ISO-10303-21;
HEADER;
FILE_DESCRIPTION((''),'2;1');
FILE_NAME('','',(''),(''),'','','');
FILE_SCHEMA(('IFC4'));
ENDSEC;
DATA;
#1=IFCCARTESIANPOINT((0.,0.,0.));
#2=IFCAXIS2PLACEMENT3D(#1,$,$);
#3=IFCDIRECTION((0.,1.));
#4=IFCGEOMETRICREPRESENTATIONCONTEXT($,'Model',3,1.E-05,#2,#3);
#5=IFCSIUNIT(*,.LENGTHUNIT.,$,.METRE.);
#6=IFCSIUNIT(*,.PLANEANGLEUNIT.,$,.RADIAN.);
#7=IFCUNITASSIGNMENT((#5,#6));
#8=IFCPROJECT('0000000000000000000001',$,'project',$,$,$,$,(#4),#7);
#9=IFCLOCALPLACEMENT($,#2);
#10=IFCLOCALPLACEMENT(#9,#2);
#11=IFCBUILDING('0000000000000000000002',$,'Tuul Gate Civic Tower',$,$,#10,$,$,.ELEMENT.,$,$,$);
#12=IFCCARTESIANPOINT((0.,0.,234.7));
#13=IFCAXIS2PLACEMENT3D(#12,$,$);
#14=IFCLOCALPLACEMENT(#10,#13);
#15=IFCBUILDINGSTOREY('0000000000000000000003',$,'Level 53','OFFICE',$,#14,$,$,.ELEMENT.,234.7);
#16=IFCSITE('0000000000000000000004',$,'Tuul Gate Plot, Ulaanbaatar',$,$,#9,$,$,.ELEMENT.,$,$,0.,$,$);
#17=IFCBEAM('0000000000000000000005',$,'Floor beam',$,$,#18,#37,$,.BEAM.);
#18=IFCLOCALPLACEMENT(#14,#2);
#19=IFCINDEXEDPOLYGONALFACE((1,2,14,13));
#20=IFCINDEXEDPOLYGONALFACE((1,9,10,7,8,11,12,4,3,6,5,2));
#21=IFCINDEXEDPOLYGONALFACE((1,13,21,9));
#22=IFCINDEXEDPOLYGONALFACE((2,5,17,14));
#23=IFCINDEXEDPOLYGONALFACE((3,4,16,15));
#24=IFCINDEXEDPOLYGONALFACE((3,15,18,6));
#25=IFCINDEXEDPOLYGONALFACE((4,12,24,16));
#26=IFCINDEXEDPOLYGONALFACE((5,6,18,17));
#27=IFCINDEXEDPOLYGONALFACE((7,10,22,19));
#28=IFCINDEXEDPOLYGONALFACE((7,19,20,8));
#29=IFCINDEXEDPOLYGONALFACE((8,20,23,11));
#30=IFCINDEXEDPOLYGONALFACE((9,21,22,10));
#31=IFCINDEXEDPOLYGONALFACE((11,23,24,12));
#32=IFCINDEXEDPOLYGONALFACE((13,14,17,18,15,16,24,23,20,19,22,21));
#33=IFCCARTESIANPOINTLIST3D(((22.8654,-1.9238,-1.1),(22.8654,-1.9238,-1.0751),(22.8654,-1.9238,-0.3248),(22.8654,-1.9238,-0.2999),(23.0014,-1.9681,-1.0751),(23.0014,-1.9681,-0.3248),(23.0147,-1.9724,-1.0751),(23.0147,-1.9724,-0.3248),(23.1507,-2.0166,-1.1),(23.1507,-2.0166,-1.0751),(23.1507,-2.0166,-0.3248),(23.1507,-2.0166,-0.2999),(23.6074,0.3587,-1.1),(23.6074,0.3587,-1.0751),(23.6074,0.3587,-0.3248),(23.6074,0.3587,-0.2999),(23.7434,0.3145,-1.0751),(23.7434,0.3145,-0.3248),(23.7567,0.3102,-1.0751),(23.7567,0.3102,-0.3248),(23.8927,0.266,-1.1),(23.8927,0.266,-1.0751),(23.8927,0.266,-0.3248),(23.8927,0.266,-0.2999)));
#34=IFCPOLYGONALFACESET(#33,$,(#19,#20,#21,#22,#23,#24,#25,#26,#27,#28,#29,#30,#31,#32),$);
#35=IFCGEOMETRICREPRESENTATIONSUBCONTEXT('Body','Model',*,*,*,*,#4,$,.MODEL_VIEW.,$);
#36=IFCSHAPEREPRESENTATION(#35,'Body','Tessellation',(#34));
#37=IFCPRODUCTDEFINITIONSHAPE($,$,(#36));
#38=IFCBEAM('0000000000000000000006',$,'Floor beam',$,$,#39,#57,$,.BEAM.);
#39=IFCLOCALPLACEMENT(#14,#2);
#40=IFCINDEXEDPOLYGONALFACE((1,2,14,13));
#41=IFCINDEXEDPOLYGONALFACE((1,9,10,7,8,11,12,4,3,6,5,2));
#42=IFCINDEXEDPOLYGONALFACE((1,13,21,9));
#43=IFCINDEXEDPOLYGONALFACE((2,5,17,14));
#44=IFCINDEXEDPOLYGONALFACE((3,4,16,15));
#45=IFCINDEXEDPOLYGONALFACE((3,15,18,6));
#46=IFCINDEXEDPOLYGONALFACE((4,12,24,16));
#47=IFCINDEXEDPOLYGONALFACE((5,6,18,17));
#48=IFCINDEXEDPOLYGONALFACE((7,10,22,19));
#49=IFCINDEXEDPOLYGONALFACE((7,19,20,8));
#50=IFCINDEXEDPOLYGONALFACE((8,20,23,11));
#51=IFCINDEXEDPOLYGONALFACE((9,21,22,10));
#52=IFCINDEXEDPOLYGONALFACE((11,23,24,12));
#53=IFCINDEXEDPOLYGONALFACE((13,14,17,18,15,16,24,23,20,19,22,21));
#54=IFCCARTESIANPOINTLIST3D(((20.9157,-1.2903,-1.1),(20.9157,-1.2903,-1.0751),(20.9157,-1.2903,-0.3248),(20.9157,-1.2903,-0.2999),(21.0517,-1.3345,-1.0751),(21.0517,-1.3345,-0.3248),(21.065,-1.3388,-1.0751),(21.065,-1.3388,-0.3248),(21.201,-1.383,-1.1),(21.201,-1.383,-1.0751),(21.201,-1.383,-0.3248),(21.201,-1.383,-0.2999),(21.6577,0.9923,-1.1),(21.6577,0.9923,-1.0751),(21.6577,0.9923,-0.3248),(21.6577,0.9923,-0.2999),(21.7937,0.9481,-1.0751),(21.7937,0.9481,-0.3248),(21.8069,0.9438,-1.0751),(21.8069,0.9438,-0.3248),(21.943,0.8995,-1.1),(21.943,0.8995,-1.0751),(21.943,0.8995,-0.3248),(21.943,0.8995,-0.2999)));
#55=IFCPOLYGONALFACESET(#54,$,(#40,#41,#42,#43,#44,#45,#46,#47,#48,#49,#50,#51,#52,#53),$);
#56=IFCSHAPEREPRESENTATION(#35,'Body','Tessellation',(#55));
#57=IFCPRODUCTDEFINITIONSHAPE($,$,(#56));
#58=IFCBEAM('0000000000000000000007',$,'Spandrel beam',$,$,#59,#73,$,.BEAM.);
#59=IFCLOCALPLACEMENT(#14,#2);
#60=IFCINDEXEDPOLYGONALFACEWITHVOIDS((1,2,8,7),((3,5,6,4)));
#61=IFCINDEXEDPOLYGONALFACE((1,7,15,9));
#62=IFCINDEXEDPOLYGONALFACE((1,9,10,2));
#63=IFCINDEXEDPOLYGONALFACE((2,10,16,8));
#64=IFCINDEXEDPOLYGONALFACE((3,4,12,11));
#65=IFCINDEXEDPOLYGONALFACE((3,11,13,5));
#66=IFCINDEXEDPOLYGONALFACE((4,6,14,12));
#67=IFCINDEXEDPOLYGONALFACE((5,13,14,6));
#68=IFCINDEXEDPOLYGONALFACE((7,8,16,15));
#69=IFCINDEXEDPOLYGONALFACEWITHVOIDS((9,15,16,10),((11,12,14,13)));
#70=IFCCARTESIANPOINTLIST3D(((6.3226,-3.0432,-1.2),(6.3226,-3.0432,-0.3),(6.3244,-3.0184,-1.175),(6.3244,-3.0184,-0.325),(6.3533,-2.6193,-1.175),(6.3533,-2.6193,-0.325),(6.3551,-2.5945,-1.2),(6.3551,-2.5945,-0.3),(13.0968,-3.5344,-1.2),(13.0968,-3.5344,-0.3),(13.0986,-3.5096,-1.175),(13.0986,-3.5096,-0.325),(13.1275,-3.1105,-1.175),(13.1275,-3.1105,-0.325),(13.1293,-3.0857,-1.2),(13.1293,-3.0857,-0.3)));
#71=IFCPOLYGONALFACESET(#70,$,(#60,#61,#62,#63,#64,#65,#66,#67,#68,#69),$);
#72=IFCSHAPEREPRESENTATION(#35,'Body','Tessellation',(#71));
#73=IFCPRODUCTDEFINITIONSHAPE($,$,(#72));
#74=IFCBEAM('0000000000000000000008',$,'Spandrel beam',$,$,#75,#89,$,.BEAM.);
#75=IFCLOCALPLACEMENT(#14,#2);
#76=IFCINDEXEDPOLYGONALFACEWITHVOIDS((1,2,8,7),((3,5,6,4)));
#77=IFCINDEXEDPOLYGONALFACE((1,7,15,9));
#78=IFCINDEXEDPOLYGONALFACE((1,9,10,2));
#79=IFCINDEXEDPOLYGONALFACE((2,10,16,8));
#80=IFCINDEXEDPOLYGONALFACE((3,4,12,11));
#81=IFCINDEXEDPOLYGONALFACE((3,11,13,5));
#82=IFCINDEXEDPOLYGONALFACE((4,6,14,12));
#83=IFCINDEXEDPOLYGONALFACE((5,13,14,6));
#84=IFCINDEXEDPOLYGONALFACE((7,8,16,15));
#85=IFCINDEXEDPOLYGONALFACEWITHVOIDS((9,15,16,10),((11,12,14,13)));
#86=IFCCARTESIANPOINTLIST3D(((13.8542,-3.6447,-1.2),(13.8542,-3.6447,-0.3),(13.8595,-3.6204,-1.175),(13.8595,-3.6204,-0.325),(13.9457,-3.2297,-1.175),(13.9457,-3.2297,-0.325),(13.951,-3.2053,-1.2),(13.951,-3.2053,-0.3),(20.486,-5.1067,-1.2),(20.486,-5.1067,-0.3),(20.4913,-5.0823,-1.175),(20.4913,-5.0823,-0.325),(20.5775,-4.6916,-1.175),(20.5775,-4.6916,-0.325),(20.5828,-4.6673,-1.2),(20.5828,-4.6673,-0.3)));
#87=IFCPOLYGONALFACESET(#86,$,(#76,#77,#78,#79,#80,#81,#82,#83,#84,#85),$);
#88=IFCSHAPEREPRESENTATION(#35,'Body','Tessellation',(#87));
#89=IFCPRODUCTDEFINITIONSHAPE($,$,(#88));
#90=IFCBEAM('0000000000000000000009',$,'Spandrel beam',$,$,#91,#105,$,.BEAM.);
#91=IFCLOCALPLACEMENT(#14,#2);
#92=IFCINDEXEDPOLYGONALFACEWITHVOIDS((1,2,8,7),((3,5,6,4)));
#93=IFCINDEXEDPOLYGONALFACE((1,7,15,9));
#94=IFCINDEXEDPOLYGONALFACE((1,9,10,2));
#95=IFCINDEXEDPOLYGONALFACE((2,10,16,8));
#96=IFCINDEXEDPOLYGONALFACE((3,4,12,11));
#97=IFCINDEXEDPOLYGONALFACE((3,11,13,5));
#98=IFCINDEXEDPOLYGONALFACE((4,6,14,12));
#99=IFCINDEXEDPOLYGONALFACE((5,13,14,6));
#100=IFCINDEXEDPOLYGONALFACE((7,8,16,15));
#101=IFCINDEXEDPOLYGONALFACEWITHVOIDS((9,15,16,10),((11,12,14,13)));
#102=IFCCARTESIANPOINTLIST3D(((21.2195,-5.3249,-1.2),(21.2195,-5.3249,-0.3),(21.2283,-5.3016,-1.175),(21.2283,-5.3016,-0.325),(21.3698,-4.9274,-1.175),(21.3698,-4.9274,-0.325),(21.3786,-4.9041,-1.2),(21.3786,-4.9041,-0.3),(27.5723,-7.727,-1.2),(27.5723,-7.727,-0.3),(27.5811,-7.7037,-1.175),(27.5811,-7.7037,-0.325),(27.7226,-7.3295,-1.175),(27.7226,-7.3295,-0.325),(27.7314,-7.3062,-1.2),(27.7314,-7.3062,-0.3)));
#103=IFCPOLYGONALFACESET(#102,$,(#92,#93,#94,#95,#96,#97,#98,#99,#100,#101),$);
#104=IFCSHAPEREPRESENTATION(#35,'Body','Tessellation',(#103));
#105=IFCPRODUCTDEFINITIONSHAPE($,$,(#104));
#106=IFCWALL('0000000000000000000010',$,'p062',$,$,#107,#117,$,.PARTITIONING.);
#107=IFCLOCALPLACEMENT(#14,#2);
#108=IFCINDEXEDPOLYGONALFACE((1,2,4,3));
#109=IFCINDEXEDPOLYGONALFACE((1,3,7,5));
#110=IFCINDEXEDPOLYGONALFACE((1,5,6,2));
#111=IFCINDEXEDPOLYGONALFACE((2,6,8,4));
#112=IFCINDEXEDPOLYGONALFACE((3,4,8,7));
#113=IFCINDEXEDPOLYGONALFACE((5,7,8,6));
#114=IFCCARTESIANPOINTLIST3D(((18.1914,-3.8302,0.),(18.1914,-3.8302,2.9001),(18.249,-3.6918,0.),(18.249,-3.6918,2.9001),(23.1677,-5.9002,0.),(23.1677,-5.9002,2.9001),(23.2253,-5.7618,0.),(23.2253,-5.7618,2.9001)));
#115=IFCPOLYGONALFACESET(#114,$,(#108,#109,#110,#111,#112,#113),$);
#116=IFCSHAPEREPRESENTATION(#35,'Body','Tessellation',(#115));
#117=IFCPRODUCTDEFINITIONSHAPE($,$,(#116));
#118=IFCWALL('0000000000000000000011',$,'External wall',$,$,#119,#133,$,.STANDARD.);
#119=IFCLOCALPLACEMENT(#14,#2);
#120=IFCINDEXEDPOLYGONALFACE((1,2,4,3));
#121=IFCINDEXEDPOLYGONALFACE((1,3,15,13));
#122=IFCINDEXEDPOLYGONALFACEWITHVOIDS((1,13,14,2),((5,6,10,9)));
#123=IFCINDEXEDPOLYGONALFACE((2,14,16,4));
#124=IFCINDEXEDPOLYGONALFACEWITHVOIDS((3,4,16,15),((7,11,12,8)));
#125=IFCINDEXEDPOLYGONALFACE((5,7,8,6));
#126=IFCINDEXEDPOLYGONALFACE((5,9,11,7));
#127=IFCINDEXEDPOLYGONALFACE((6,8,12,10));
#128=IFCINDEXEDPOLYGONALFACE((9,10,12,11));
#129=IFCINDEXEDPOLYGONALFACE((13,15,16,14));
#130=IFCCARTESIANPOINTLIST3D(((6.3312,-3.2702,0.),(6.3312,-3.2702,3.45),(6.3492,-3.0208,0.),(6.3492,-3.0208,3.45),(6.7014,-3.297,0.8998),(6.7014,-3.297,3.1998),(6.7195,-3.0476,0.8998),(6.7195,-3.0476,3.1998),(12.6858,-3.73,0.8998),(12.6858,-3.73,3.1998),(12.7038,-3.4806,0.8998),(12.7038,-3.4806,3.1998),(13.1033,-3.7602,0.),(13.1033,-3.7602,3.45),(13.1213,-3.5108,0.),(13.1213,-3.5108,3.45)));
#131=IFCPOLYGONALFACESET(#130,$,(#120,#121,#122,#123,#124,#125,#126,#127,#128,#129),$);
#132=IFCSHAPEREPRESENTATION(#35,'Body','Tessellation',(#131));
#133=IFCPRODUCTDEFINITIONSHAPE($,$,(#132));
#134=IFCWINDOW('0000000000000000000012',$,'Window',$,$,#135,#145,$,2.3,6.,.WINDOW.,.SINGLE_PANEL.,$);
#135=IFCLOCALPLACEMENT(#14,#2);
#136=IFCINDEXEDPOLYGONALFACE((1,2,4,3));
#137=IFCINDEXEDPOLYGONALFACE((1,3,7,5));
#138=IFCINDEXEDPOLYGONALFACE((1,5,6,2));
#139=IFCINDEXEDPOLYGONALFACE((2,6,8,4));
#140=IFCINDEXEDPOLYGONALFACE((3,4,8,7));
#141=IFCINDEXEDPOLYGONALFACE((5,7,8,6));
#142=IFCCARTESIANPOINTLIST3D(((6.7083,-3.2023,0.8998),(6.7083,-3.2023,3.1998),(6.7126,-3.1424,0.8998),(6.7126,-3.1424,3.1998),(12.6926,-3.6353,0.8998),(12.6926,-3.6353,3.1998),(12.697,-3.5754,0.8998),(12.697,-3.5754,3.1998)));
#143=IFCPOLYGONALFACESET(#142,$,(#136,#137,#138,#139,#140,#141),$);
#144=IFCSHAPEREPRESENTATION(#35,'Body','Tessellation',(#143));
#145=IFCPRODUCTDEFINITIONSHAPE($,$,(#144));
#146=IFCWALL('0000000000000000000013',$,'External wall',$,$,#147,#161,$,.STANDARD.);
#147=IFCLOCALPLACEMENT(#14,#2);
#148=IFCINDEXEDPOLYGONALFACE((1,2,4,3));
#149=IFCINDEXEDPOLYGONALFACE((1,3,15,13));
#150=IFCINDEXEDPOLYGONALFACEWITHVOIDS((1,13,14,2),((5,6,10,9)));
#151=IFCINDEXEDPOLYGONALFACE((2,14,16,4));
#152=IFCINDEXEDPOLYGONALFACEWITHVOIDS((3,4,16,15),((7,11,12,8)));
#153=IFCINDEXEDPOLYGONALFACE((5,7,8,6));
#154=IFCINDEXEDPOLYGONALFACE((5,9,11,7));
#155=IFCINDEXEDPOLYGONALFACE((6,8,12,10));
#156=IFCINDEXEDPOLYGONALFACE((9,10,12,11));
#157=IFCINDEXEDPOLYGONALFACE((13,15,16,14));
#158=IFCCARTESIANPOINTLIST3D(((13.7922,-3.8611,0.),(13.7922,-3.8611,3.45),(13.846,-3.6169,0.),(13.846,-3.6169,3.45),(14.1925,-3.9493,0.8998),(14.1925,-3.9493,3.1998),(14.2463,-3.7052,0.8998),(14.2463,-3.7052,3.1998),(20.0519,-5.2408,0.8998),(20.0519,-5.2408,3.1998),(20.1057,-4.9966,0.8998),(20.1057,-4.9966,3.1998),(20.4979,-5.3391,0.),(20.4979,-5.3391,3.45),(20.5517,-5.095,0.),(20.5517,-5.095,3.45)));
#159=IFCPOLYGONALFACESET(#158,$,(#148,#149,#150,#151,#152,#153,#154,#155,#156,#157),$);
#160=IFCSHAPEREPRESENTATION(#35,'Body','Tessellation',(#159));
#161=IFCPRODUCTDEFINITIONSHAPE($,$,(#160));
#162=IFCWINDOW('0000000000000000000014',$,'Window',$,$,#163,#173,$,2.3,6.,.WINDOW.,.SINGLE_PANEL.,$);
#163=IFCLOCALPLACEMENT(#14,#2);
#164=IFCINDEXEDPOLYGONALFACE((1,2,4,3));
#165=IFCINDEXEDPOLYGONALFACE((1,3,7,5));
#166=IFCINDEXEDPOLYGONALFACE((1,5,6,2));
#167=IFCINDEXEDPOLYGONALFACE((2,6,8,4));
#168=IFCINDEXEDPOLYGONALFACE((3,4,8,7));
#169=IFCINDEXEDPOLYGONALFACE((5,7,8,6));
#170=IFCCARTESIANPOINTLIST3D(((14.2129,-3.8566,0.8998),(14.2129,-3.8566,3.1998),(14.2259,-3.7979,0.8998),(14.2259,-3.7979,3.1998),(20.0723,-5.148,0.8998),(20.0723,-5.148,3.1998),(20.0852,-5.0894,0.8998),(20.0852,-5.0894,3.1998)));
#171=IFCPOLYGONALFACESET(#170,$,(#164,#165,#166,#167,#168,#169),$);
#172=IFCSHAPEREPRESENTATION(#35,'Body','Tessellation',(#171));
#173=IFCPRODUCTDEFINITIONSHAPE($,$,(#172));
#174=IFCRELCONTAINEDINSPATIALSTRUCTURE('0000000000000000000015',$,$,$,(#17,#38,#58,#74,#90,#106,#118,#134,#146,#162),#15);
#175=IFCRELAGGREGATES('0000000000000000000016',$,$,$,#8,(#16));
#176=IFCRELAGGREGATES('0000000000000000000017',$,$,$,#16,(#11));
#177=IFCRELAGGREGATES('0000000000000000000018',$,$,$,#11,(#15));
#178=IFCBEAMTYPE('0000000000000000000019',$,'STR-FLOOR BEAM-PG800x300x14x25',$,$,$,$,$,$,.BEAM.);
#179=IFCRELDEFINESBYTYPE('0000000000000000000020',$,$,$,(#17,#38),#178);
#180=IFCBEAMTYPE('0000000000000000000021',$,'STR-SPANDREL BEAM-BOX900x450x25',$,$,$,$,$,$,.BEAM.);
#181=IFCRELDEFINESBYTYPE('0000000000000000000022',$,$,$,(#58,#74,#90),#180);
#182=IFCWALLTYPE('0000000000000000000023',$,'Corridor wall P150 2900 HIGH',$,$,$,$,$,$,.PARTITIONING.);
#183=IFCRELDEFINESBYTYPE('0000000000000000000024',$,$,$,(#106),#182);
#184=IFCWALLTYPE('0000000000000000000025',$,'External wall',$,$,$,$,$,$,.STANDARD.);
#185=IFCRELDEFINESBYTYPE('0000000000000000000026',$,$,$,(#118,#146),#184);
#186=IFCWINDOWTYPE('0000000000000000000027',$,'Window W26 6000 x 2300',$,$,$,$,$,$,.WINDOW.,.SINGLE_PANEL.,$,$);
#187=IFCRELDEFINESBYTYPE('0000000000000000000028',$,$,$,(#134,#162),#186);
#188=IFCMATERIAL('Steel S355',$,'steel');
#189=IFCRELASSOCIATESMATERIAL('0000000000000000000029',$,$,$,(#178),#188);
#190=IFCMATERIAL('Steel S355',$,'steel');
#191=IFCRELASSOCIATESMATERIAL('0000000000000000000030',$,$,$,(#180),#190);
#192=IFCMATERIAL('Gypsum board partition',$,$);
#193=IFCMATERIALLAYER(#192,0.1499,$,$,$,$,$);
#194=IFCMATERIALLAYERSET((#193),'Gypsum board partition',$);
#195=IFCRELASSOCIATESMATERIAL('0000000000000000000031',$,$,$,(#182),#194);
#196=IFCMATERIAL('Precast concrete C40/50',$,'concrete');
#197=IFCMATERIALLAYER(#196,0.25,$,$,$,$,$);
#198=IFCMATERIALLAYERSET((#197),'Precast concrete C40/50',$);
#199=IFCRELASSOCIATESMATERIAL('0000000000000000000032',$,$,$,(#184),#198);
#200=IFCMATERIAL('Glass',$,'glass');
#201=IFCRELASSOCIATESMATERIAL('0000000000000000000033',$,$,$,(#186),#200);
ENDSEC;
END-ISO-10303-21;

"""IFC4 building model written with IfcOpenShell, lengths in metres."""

from ifc_helpers import new_model, si_unit, direction, frame, frame_2d, origin, origin_2d, place, context, subcontext, project, spatial, rectangle, hollow_rectangle, i_section, extrude, material, layer, layer_set, material_profile, profile_set, type_object, element, fill, save


model = new_model("IFC4")

# Units and contexts
model_context = context("Model", 3, precision=1e-05, world=origin(), true_north=direction((0.0, 1.0)))
body_context = subcontext(model_context, "Body", "Model", "MODEL_VIEW")
ifc_project = project(units=[si_unit("LENGTHUNIT", "METRE"), si_unit("PLANEANGLEUNIT", "RADIAN")], contexts=[model_context])

# Site, building, storey
site_placement = place(None, origin())
site = spatial("IfcSite", under=ifc_project, at=site_placement, Name="Tuul Gate Plot, Ulaanbaatar", CompositionType="ELEMENT", RefElevation=0.0)
building_placement = place(site_placement, origin())
building = spatial("IfcBuilding", under=site, at=building_placement, Name="Tuul Gate Civic Tower", CompositionType="ELEMENT")
storey_placement = place(building_placement, frame((0.0, 0.0, 234.7)))
storey = spatial("IfcBuildingStorey", under=building, at=storey_placement, Name="Level 53", Description="OFFICE", CompositionType="ELEMENT", Elevation=234.7)

# Beams
ifc_material_1 = material(Name="Steel S355", Category="steel")
ifc_material_profile_1 = material_profile(ifc_material_1, i_section(OverallWidth=0.3, OverallDepth=0.8, WebThickness=0.0139, FlangeThickness=0.0249, at=origin_2d()), Name="PG800x300x14x25")
ifc_profile_set_1 = profile_set([ifc_material_profile_1], Name="Steel S355")
beam_type_1 = type_object("IfcBeamType", Name="STR-FLOOR BEAM-PG800x300x14x25", PredefinedType="BEAM", material=ifc_profile_set_1)
for number, where, z_axis, x_axis, name in (
    (1, (23.0081, -1.9702, -0.7), (0.309139, 0.951017, 0.0), (-0.951017, 0.309139, 0.0), "Floor beam"),
    (2, (21.0583, -1.3367, -0.7), (0.309139, 0.951017, 0.0), (-0.951017, 0.309139, 0.0), "Floor beam"),
):
    element("IfcBeam", number, at=place(storey_placement, frame(where, z_axis=z_axis, x_axis=x_axis)), inside=storey, type_object=beam_type_1, Name=name, PredefinedType="BEAM", context=body_context, shape_type="SweptSolid", body=[
        extrude(i_section(OverallWidth=0.3, OverallDepth=0.8, WebThickness=0.0139, FlangeThickness=0.0249, at=origin_2d()), origin(), (0.0, 0.0, 1.0), 2.4001),
    ])
ifc_material_2 = material(Name="Steel S355", Category="steel")
ifc_material_profile_2 = material_profile(ifc_material_2, hollow_rectangle(XDim=0.45, YDim=0.8999, WallThickness=0.0249, at=origin_2d()), Name="BOX900x450x25")
ifc_profile_set_2 = profile_set([ifc_material_profile_2], Name="Steel S355")
beam_type_2 = type_object("IfcBeamType", Name="STR-SPANDREL BEAM-BOX900x450x25", PredefinedType="BEAM", material=ifc_profile_set_2)
beam_1_placement = place(storey_placement, frame((6.3389, -2.8188, -0.75), z_axis=(0.997381, -0.072322, 0.0), x_axis=(0.072322, 0.997381, 0.0)))
element("IfcBeam", 3, at=beam_1_placement, inside=storey, type_object=beam_type_2, Name="Spandrel beam", PredefinedType="BEAM", context=body_context, shape_type="SweptSolid", body=[
    extrude(hollow_rectangle(XDim=0.45, YDim=0.8999, WallThickness=0.0249, at=origin_2d()), origin(), (0.0, 0.0, 1.0), 6.792),
])
beam_2_placement = place(storey_placement, frame((13.9026, -3.425, -0.75), z_axis=(0.976554, -0.215271, 0.0), x_axis=(0.215271, 0.976554, 0.0)))
element("IfcBeam", 4, at=beam_2_placement, inside=storey, type_object=beam_type_2, Name="Spandrel beam", PredefinedType="BEAM", context=body_context, shape_type="SweptSolid", body=[
    extrude(hollow_rectangle(XDim=0.45, YDim=0.8999, WallThickness=0.0249, at=origin_2d()), origin(), (0.0, 0.0, 1.0), 6.791),
])
beam_3_placement = place(storey_placement, frame((21.2991, -5.1145, -0.75), z_axis=(0.935367, -0.353679, 0.0), x_axis=(0.353679, 0.935367, 0.0)))
element("IfcBeam", 5, at=beam_3_placement, inside=storey, type_object=beam_type_2, Name="Spandrel beam", PredefinedType="BEAM", context=body_context, shape_type="SweptSolid", body=[
    extrude(hollow_rectangle(XDim=0.45, YDim=0.8999, WallThickness=0.0249, at=origin_2d()), origin(), (0.0, 0.0, 1.0), 6.7917),
])

# Wall
ifc_material_3 = material(Name="Gypsum board partition")
ifc_layer_1 = layer(ifc_material_3, 0.1499)
ifc_layer_set_1 = layer_set([ifc_layer_1], Name="Gypsum board partition")
wall_type_1 = type_object("IfcWallType", Name="Corridor wall P150 2900 HIGH", PredefinedType="PARTITIONING", material=ifc_layer_set_1)
wall_1_placement = place(storey_placement, frame((18.2202, -3.761, 0.0), z_axis=(0.0, 0.0, 1.0), x_axis=(0.923301, -0.384078, 0.0)))
element("IfcWall", 6, at=wall_1_placement, inside=storey, type_object=wall_type_1, Name="p062", PredefinedType="PARTITIONING", context=body_context, shape_type="SweptSolid", body=[
    extrude(rectangle(XDim=5.3896, YDim=0.1499, at=frame_2d((2.6948, 0.0))), origin(), (0.0, 0.0, 1.0), 2.9001),
])

# Walls, openings, windows
ifc_material_4 = material(Name="Precast concrete C40/50", Category="concrete")
ifc_layer_2 = layer(ifc_material_4, 0.25)
ifc_layer_set_2 = layer_set([ifc_layer_2], Name="Precast concrete C40/50")
wall_type_2 = type_object("IfcWallType", Name="External wall", PredefinedType="STANDARD", material=ifc_layer_set_2)
wall_2_placement = place(storey_placement, frame((6.3401, -3.1455, 0.0), z_axis=(0.0, 0.0, 1.0), x_axis=(0.997393, -0.072167, 0.0)))
wall_2 = element("IfcWall", 7, at=wall_2_placement, inside=storey, type_object=wall_type_2, Name="External wall", PredefinedType="STANDARD", context=body_context, shape_type="SweptSolid", body=[
    extrude(rectangle(XDim=6.7898, YDim=0.25, at=frame_2d((3.395, 0.0))), origin(), (0.0, 0.0, 1.0), 3.45),
])
opening_1_placement = place(wall_2_placement, frame((0.3713, 0.0, 0.8999)))
opening_1 = element("IfcOpeningElement", 8, at=opening_1_placement, cuts=wall_2, PredefinedType="OPENING", context=body_context, shape_type="SweptSolid", body=[
    extrude(rectangle(XDim=6.0, YDim=2.3, at=frame_2d((3.0, 1.1499))), frame((0.0, 0.135, 0.0), z_axis=(0.0, -1.0, 0.0), x_axis=(1.0, 0.0, 0.0)), (0.0, 0.0, 1.0), 0.27),
])
ifc_material_5 = material(Name="Glass", Category="glass")
window_type = type_object("IfcWindowType", Name="Window W26 6000 x 2300", PartitioningType="SINGLE_PANEL", PredefinedType="WINDOW", material=ifc_material_5)
window_1_placement = place(opening_1_placement, origin())
window_1 = element("IfcWindow", 9, at=window_1_placement, inside=storey, type_object=window_type, Name="Window", OverallHeight=2.3, OverallWidth=6.0, PartitioningType="SINGLE_PANEL", PredefinedType="WINDOW", context=body_context, shape_type="SweptSolid", body=[
    extrude(rectangle(XDim=6.0, YDim=2.3, at=frame_2d((3.0, 1.1499))), frame((0.0, 0.03, 0.0), z_axis=(0.0, -1.0, 0.0), x_axis=(1.0, 0.0, 0.0)), (0.0, 0.0, 1.0), 0.0601),
])
fill(opening_1, window_1)
wall_3_placement = place(storey_placement, frame((13.8191, -3.739, 0.0), z_axis=(0.0, 0.0, 1.0), x_axis=(0.97656, -0.215244, 0.0)))
wall_3 = element("IfcWall", 10, at=wall_3_placement, inside=storey, type_object=wall_type_2, Name="External wall", PredefinedType="STANDARD", context=body_context, shape_type="SweptSolid", body=[
    extrude(rectangle(XDim=6.8667, YDim=0.25, at=frame_2d((3.4333, 0.0))), origin(), (0.0, 0.0, 1.0), 3.45),
])
opening_2_placement = place(wall_3_placement, frame((0.4099, 0.0, 0.8999)))
opening_2 = element("IfcOpeningElement", 11, at=opening_2_placement, cuts=wall_3, PredefinedType="OPENING", context=body_context, shape_type="SweptSolid", body=[
    extrude(rectangle(XDim=6.0, YDim=2.3, at=frame_2d((3.0, 1.1499))), frame((0.0, 0.135, 0.0), z_axis=(0.0, -1.0, 0.0), x_axis=(1.0, 0.0, 0.0)), (0.0, 0.0, 1.0), 0.27),
])
window_2_placement = place(opening_2_placement, origin())
window_2 = element("IfcWindow", 12, at=window_2_placement, inside=storey, type_object=window_type, Name="Window", OverallHeight=2.3, OverallWidth=6.0, PartitioningType="SINGLE_PANEL", PredefinedType="WINDOW", context=body_context, shape_type="SweptSolid", body=[
    extrude(rectangle(XDim=6.0, YDim=2.3, at=frame_2d((3.0, 1.1499))), frame((0.0, 0.03, 0.0), z_axis=(0.0, -1.0, 0.0), x_axis=(1.0, 0.0, 0.0)), (0.0, 0.0, 1.0), 0.0601),
])
fill(opening_2, window_2)

save(model, "model.ifc")
